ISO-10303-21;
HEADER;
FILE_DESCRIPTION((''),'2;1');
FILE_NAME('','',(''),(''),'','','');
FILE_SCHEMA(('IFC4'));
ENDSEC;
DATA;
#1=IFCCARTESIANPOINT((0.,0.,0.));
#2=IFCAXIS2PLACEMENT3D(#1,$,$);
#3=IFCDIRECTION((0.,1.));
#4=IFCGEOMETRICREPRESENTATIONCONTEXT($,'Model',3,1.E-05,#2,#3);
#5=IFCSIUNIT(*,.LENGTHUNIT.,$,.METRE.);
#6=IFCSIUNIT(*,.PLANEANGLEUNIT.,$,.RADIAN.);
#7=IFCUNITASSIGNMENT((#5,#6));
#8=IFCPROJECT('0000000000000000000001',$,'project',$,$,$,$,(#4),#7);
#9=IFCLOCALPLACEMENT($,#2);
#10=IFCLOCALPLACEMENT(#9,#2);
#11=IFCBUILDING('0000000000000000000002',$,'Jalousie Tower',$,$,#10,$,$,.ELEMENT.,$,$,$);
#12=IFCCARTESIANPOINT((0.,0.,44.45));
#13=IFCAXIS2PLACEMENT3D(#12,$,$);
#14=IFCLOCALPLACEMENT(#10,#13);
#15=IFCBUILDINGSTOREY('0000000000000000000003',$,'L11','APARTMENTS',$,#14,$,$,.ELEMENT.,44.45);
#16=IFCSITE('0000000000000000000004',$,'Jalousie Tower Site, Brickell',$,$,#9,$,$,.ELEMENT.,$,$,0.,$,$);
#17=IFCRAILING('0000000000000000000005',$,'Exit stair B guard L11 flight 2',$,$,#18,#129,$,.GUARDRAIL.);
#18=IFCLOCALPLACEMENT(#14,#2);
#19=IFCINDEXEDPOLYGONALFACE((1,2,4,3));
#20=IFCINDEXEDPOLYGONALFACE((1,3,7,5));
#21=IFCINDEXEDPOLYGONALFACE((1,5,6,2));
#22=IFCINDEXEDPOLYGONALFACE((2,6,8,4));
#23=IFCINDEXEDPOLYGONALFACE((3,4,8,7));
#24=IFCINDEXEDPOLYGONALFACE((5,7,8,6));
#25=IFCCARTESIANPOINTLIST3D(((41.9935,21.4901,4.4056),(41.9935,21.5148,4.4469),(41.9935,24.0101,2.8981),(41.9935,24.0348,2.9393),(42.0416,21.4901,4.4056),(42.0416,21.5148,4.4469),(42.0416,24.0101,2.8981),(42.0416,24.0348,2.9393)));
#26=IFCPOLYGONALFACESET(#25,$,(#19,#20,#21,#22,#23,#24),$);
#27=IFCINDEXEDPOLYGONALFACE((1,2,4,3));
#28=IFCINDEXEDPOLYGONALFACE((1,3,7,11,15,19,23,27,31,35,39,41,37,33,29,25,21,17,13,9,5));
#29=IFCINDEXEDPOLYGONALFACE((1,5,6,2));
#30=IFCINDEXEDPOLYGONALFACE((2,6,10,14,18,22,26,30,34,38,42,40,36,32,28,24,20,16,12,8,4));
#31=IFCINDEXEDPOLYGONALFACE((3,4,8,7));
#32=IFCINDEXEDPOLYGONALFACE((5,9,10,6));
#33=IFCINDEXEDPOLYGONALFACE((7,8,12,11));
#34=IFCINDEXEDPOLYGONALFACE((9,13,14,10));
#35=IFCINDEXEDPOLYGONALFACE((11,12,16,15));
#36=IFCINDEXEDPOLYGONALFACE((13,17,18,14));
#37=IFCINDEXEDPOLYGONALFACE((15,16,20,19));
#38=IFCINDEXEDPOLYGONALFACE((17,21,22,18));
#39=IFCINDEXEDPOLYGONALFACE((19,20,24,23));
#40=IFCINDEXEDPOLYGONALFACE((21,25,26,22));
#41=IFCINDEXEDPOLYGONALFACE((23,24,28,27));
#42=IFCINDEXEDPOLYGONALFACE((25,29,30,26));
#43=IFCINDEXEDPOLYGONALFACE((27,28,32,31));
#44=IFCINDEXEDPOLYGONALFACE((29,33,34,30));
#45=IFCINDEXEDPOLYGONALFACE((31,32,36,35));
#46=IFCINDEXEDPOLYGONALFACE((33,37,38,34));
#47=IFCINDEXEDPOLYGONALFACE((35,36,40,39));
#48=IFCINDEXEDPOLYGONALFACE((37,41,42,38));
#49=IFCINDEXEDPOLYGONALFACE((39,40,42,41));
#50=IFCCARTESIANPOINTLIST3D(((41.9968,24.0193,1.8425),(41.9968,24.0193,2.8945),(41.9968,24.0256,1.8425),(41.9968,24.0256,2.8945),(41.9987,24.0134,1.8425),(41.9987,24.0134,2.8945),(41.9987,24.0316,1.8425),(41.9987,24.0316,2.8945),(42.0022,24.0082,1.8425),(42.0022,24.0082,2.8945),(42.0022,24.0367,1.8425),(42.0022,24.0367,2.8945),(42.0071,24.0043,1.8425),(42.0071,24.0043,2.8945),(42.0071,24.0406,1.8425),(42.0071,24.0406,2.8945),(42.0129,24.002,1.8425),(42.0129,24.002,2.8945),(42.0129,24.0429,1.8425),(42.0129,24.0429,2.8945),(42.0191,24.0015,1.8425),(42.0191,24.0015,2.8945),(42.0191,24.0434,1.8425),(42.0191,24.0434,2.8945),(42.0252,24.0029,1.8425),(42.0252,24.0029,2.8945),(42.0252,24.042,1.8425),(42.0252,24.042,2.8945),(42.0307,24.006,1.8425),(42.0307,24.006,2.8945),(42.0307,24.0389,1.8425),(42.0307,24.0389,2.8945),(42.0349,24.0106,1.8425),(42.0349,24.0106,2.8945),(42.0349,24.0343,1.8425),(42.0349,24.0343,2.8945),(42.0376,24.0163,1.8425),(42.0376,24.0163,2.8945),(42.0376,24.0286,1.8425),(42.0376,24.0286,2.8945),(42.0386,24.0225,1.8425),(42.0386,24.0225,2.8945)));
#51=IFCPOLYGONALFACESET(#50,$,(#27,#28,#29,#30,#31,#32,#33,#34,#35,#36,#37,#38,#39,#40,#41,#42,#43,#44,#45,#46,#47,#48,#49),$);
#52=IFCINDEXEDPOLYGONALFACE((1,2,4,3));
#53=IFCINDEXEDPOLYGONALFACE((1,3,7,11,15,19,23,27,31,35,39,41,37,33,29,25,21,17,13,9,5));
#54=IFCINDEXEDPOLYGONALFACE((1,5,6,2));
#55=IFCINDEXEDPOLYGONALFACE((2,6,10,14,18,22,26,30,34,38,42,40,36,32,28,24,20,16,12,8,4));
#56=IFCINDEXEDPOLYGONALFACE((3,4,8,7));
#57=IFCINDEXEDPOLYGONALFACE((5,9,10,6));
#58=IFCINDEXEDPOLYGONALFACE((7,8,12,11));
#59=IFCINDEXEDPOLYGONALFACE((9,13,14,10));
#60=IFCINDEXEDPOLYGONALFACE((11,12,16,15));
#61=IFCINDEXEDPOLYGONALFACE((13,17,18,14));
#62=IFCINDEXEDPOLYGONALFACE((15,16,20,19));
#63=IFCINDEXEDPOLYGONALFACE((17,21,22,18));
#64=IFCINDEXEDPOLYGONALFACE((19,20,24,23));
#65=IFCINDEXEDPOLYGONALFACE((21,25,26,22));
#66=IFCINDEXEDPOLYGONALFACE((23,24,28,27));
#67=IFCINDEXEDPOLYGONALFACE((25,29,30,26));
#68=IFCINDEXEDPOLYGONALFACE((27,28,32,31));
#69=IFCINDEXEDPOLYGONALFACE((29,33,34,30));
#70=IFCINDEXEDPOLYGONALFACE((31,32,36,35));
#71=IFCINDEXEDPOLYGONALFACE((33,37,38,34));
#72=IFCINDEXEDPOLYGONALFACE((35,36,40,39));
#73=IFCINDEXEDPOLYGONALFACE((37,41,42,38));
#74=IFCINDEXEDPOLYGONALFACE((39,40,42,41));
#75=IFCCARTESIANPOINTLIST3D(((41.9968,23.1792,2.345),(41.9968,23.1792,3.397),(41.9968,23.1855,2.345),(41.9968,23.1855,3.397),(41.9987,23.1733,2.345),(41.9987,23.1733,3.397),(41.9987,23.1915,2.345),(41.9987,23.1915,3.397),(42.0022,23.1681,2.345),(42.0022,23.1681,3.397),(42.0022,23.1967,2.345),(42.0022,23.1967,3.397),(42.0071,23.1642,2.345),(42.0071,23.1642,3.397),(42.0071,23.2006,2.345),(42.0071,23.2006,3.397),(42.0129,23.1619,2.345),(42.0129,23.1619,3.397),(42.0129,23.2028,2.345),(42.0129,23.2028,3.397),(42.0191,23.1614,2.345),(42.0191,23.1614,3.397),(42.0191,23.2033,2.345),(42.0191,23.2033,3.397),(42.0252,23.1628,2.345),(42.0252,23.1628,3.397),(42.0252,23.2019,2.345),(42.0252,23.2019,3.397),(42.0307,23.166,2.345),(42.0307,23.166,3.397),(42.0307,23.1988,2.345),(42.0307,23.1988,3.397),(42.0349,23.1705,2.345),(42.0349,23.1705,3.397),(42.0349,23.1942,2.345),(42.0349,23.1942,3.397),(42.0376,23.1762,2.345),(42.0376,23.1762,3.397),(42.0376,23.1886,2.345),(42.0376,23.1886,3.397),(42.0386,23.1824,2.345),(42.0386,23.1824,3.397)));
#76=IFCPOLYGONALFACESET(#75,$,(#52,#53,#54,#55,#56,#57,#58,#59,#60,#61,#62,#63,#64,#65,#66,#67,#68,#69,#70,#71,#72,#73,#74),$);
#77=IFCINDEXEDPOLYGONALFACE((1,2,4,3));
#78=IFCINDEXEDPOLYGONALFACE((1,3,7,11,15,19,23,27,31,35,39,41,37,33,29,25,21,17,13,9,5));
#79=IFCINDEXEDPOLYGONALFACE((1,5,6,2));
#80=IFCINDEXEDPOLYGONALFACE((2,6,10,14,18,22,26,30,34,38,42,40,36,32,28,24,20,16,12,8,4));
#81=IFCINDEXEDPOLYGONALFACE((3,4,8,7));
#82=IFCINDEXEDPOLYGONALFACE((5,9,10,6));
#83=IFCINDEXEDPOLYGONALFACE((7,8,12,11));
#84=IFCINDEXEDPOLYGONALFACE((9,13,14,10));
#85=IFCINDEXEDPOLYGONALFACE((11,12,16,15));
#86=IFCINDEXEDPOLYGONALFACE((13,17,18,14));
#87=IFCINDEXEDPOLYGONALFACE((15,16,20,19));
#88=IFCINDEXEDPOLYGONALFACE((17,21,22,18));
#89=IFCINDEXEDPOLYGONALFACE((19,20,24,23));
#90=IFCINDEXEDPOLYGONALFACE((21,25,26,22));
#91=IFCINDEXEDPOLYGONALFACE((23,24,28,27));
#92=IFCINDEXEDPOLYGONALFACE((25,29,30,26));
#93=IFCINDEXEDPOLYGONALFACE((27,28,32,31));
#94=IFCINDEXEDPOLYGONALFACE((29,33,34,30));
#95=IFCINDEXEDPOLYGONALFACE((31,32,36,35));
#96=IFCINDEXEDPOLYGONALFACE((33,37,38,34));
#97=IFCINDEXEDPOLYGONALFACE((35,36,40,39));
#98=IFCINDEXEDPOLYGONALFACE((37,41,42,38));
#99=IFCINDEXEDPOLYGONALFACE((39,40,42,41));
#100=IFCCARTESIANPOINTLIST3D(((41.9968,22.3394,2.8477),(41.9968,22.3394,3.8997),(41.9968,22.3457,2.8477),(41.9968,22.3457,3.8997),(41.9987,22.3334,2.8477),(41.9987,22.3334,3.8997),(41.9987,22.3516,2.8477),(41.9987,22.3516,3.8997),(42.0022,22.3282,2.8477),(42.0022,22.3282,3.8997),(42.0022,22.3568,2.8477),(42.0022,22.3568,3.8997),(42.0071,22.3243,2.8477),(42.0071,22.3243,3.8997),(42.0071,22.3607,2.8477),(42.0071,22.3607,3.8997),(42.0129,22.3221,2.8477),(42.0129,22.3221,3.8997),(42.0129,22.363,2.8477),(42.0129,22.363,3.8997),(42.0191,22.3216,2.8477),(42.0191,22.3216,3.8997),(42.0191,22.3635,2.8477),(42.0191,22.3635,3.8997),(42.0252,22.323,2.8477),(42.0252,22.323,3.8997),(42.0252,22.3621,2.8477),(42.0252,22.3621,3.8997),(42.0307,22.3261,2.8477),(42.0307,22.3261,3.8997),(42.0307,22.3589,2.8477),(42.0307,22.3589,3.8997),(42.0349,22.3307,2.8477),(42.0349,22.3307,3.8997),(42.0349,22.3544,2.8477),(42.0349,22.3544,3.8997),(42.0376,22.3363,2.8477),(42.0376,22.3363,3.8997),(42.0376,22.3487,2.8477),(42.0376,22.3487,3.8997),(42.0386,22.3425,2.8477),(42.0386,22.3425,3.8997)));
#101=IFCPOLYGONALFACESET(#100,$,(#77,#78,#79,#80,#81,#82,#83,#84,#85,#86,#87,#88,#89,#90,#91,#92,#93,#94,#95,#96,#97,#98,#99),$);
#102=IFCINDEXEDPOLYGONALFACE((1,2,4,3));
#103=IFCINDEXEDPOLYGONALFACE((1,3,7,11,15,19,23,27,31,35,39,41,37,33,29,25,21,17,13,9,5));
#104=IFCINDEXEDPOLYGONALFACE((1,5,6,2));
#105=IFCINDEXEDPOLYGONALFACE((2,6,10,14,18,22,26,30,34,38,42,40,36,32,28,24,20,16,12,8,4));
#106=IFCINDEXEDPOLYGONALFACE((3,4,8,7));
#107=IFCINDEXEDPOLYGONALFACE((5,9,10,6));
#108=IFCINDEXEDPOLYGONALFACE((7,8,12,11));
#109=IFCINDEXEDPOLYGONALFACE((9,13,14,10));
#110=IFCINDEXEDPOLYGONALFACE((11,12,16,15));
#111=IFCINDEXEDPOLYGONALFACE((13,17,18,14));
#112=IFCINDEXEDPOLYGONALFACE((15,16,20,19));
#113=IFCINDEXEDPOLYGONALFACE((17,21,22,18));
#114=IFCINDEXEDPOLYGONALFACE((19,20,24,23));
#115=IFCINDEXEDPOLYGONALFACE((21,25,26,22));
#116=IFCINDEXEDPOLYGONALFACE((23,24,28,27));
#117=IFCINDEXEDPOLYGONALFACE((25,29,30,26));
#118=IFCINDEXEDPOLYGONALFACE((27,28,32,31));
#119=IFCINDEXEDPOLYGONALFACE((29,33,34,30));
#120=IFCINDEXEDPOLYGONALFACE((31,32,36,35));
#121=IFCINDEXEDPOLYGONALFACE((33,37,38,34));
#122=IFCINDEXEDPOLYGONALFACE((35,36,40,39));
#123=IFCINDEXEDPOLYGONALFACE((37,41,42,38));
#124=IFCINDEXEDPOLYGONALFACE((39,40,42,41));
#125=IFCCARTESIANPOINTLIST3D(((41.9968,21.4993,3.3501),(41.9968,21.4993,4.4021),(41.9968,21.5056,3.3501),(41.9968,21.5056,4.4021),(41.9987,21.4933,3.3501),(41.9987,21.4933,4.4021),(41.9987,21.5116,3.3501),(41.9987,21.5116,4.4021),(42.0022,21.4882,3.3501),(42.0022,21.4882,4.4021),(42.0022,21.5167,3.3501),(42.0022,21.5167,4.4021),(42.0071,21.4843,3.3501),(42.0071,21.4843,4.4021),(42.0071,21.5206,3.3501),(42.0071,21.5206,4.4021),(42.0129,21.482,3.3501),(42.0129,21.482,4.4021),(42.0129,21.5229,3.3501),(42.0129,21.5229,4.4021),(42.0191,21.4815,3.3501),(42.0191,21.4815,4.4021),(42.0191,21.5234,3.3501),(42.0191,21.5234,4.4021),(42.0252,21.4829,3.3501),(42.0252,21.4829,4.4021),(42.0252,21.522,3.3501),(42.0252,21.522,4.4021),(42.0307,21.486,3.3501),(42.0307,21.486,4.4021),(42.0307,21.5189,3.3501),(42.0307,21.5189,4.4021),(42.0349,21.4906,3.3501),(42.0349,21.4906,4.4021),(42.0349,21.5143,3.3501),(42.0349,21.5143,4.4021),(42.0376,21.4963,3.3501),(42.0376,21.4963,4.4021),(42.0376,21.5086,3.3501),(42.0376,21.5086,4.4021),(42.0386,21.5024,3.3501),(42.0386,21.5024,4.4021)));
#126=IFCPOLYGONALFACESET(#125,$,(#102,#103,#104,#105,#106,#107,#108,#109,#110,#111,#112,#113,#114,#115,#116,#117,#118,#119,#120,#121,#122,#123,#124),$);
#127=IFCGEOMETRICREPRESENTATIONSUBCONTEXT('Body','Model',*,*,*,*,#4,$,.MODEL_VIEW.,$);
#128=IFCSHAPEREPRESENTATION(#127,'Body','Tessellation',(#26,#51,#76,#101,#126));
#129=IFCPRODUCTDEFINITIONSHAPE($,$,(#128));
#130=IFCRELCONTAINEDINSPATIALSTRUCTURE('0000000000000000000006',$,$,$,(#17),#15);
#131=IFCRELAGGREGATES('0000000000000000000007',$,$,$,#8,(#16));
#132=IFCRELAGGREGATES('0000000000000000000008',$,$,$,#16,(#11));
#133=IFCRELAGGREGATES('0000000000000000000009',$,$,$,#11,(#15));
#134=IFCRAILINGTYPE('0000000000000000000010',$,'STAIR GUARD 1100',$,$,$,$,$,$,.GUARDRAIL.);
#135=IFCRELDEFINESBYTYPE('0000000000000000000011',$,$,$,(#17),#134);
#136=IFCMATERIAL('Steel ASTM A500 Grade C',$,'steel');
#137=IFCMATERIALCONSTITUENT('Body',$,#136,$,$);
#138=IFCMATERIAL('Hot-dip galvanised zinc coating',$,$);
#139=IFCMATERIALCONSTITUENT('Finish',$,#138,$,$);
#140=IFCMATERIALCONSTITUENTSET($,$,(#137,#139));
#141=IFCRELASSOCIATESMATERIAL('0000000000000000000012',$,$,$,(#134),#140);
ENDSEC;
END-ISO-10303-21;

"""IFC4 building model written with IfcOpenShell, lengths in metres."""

from ifc_helpers import new_model, si_unit, direction, frame, origin, origin_2d, place, context, subcontext, project, spatial, rectangle, circle, extrude, material, constituent, constituent_set, type_object, element, save


model = new_model("IFC4")

# Units and contexts
model_context = context("Model", 3, precision=1e-05, world=origin(), true_north=direction((0.0, 1.0)))
body_context = subcontext(model_context, "Body", "Model", "MODEL_VIEW")
ifc_project = project(units=[si_unit("LENGTHUNIT", "METRE"), si_unit("PLANEANGLEUNIT", "RADIAN")], contexts=[model_context])

# Site, building, storey
site_placement = place(None, origin())
site = spatial("IfcSite", under=ifc_project, at=site_placement, Name="Jalousie Tower Site, Brickell", CompositionType="ELEMENT", RefElevation=0.0)
building_placement = place(site_placement, origin())
building = spatial("IfcBuilding", under=site, at=building_placement, Name="Jalousie Tower", CompositionType="ELEMENT")
storey_placement = place(building_placement, frame((0.0, 0.0, 44.45)))
storey = spatial("IfcBuildingStorey", under=building, at=storey_placement, Name="L11", Description="APARTMENTS", CompositionType="ELEMENT", Elevation=44.45)

# Railing
ifc_material_1 = material(Name="Steel ASTM A500 Grade C", Category="steel")
ifc_constituent_1 = constituent(ifc_material_1, Name="Body")
ifc_material_2 = material(Name="Hot-dip galvanised zinc coating")
ifc_constituent_2 = constituent(ifc_material_2, Name="Finish")
ifc_constituent_set_1 = constituent_set(constituents=[ifc_constituent_1, ifc_constituent_2])
railing_type_1 = type_object("IfcRailingType", Name="STAIR GUARD 1100", PredefinedType="GUARDRAIL", material=ifc_constituent_set_1)
railing_1_placement = place(storey_placement, frame((42.0176, 24.0225, 1.8425)))
element("IfcRailing", 1, at=railing_1_placement, inside=storey, type_object=railing_type_1, Name="Exit stair B guard L11 flight 2", PredefinedType="GUARDRAIL", context=body_context, shape_type="SweptSolid", body=[
    extrude(rectangle(XDim=0.0481, YDim=0.0481, at=origin_2d()), frame((0.0, 0.0, 1.0762), z_axis=(0.0, -0.85816, 0.513383), x_axis=(1.0, 0.0, 0.0)), (0.0, 0.0, 1.0), 2.9365),
    extrude(circle(Radius=0.021, at=origin_2d()), origin(), (0.0, 0.0, 1.0), 1.052),
    extrude(circle(Radius=0.021, at=origin_2d()), frame((0.0, -0.8401, 0.5024)), (0.0, 0.0, 1.0), 1.052),
    extrude(circle(Radius=0.021, at=origin_2d()), frame((0.0, -1.6799, 1.0051)), (0.0, 0.0, 1.0), 1.052),
    extrude(circle(Radius=0.021, at=origin_2d()), frame((0.0, -2.52, 1.5076)), (0.0, 0.0, 1.0), 1.052),
])

save(model, "model.ifc")
